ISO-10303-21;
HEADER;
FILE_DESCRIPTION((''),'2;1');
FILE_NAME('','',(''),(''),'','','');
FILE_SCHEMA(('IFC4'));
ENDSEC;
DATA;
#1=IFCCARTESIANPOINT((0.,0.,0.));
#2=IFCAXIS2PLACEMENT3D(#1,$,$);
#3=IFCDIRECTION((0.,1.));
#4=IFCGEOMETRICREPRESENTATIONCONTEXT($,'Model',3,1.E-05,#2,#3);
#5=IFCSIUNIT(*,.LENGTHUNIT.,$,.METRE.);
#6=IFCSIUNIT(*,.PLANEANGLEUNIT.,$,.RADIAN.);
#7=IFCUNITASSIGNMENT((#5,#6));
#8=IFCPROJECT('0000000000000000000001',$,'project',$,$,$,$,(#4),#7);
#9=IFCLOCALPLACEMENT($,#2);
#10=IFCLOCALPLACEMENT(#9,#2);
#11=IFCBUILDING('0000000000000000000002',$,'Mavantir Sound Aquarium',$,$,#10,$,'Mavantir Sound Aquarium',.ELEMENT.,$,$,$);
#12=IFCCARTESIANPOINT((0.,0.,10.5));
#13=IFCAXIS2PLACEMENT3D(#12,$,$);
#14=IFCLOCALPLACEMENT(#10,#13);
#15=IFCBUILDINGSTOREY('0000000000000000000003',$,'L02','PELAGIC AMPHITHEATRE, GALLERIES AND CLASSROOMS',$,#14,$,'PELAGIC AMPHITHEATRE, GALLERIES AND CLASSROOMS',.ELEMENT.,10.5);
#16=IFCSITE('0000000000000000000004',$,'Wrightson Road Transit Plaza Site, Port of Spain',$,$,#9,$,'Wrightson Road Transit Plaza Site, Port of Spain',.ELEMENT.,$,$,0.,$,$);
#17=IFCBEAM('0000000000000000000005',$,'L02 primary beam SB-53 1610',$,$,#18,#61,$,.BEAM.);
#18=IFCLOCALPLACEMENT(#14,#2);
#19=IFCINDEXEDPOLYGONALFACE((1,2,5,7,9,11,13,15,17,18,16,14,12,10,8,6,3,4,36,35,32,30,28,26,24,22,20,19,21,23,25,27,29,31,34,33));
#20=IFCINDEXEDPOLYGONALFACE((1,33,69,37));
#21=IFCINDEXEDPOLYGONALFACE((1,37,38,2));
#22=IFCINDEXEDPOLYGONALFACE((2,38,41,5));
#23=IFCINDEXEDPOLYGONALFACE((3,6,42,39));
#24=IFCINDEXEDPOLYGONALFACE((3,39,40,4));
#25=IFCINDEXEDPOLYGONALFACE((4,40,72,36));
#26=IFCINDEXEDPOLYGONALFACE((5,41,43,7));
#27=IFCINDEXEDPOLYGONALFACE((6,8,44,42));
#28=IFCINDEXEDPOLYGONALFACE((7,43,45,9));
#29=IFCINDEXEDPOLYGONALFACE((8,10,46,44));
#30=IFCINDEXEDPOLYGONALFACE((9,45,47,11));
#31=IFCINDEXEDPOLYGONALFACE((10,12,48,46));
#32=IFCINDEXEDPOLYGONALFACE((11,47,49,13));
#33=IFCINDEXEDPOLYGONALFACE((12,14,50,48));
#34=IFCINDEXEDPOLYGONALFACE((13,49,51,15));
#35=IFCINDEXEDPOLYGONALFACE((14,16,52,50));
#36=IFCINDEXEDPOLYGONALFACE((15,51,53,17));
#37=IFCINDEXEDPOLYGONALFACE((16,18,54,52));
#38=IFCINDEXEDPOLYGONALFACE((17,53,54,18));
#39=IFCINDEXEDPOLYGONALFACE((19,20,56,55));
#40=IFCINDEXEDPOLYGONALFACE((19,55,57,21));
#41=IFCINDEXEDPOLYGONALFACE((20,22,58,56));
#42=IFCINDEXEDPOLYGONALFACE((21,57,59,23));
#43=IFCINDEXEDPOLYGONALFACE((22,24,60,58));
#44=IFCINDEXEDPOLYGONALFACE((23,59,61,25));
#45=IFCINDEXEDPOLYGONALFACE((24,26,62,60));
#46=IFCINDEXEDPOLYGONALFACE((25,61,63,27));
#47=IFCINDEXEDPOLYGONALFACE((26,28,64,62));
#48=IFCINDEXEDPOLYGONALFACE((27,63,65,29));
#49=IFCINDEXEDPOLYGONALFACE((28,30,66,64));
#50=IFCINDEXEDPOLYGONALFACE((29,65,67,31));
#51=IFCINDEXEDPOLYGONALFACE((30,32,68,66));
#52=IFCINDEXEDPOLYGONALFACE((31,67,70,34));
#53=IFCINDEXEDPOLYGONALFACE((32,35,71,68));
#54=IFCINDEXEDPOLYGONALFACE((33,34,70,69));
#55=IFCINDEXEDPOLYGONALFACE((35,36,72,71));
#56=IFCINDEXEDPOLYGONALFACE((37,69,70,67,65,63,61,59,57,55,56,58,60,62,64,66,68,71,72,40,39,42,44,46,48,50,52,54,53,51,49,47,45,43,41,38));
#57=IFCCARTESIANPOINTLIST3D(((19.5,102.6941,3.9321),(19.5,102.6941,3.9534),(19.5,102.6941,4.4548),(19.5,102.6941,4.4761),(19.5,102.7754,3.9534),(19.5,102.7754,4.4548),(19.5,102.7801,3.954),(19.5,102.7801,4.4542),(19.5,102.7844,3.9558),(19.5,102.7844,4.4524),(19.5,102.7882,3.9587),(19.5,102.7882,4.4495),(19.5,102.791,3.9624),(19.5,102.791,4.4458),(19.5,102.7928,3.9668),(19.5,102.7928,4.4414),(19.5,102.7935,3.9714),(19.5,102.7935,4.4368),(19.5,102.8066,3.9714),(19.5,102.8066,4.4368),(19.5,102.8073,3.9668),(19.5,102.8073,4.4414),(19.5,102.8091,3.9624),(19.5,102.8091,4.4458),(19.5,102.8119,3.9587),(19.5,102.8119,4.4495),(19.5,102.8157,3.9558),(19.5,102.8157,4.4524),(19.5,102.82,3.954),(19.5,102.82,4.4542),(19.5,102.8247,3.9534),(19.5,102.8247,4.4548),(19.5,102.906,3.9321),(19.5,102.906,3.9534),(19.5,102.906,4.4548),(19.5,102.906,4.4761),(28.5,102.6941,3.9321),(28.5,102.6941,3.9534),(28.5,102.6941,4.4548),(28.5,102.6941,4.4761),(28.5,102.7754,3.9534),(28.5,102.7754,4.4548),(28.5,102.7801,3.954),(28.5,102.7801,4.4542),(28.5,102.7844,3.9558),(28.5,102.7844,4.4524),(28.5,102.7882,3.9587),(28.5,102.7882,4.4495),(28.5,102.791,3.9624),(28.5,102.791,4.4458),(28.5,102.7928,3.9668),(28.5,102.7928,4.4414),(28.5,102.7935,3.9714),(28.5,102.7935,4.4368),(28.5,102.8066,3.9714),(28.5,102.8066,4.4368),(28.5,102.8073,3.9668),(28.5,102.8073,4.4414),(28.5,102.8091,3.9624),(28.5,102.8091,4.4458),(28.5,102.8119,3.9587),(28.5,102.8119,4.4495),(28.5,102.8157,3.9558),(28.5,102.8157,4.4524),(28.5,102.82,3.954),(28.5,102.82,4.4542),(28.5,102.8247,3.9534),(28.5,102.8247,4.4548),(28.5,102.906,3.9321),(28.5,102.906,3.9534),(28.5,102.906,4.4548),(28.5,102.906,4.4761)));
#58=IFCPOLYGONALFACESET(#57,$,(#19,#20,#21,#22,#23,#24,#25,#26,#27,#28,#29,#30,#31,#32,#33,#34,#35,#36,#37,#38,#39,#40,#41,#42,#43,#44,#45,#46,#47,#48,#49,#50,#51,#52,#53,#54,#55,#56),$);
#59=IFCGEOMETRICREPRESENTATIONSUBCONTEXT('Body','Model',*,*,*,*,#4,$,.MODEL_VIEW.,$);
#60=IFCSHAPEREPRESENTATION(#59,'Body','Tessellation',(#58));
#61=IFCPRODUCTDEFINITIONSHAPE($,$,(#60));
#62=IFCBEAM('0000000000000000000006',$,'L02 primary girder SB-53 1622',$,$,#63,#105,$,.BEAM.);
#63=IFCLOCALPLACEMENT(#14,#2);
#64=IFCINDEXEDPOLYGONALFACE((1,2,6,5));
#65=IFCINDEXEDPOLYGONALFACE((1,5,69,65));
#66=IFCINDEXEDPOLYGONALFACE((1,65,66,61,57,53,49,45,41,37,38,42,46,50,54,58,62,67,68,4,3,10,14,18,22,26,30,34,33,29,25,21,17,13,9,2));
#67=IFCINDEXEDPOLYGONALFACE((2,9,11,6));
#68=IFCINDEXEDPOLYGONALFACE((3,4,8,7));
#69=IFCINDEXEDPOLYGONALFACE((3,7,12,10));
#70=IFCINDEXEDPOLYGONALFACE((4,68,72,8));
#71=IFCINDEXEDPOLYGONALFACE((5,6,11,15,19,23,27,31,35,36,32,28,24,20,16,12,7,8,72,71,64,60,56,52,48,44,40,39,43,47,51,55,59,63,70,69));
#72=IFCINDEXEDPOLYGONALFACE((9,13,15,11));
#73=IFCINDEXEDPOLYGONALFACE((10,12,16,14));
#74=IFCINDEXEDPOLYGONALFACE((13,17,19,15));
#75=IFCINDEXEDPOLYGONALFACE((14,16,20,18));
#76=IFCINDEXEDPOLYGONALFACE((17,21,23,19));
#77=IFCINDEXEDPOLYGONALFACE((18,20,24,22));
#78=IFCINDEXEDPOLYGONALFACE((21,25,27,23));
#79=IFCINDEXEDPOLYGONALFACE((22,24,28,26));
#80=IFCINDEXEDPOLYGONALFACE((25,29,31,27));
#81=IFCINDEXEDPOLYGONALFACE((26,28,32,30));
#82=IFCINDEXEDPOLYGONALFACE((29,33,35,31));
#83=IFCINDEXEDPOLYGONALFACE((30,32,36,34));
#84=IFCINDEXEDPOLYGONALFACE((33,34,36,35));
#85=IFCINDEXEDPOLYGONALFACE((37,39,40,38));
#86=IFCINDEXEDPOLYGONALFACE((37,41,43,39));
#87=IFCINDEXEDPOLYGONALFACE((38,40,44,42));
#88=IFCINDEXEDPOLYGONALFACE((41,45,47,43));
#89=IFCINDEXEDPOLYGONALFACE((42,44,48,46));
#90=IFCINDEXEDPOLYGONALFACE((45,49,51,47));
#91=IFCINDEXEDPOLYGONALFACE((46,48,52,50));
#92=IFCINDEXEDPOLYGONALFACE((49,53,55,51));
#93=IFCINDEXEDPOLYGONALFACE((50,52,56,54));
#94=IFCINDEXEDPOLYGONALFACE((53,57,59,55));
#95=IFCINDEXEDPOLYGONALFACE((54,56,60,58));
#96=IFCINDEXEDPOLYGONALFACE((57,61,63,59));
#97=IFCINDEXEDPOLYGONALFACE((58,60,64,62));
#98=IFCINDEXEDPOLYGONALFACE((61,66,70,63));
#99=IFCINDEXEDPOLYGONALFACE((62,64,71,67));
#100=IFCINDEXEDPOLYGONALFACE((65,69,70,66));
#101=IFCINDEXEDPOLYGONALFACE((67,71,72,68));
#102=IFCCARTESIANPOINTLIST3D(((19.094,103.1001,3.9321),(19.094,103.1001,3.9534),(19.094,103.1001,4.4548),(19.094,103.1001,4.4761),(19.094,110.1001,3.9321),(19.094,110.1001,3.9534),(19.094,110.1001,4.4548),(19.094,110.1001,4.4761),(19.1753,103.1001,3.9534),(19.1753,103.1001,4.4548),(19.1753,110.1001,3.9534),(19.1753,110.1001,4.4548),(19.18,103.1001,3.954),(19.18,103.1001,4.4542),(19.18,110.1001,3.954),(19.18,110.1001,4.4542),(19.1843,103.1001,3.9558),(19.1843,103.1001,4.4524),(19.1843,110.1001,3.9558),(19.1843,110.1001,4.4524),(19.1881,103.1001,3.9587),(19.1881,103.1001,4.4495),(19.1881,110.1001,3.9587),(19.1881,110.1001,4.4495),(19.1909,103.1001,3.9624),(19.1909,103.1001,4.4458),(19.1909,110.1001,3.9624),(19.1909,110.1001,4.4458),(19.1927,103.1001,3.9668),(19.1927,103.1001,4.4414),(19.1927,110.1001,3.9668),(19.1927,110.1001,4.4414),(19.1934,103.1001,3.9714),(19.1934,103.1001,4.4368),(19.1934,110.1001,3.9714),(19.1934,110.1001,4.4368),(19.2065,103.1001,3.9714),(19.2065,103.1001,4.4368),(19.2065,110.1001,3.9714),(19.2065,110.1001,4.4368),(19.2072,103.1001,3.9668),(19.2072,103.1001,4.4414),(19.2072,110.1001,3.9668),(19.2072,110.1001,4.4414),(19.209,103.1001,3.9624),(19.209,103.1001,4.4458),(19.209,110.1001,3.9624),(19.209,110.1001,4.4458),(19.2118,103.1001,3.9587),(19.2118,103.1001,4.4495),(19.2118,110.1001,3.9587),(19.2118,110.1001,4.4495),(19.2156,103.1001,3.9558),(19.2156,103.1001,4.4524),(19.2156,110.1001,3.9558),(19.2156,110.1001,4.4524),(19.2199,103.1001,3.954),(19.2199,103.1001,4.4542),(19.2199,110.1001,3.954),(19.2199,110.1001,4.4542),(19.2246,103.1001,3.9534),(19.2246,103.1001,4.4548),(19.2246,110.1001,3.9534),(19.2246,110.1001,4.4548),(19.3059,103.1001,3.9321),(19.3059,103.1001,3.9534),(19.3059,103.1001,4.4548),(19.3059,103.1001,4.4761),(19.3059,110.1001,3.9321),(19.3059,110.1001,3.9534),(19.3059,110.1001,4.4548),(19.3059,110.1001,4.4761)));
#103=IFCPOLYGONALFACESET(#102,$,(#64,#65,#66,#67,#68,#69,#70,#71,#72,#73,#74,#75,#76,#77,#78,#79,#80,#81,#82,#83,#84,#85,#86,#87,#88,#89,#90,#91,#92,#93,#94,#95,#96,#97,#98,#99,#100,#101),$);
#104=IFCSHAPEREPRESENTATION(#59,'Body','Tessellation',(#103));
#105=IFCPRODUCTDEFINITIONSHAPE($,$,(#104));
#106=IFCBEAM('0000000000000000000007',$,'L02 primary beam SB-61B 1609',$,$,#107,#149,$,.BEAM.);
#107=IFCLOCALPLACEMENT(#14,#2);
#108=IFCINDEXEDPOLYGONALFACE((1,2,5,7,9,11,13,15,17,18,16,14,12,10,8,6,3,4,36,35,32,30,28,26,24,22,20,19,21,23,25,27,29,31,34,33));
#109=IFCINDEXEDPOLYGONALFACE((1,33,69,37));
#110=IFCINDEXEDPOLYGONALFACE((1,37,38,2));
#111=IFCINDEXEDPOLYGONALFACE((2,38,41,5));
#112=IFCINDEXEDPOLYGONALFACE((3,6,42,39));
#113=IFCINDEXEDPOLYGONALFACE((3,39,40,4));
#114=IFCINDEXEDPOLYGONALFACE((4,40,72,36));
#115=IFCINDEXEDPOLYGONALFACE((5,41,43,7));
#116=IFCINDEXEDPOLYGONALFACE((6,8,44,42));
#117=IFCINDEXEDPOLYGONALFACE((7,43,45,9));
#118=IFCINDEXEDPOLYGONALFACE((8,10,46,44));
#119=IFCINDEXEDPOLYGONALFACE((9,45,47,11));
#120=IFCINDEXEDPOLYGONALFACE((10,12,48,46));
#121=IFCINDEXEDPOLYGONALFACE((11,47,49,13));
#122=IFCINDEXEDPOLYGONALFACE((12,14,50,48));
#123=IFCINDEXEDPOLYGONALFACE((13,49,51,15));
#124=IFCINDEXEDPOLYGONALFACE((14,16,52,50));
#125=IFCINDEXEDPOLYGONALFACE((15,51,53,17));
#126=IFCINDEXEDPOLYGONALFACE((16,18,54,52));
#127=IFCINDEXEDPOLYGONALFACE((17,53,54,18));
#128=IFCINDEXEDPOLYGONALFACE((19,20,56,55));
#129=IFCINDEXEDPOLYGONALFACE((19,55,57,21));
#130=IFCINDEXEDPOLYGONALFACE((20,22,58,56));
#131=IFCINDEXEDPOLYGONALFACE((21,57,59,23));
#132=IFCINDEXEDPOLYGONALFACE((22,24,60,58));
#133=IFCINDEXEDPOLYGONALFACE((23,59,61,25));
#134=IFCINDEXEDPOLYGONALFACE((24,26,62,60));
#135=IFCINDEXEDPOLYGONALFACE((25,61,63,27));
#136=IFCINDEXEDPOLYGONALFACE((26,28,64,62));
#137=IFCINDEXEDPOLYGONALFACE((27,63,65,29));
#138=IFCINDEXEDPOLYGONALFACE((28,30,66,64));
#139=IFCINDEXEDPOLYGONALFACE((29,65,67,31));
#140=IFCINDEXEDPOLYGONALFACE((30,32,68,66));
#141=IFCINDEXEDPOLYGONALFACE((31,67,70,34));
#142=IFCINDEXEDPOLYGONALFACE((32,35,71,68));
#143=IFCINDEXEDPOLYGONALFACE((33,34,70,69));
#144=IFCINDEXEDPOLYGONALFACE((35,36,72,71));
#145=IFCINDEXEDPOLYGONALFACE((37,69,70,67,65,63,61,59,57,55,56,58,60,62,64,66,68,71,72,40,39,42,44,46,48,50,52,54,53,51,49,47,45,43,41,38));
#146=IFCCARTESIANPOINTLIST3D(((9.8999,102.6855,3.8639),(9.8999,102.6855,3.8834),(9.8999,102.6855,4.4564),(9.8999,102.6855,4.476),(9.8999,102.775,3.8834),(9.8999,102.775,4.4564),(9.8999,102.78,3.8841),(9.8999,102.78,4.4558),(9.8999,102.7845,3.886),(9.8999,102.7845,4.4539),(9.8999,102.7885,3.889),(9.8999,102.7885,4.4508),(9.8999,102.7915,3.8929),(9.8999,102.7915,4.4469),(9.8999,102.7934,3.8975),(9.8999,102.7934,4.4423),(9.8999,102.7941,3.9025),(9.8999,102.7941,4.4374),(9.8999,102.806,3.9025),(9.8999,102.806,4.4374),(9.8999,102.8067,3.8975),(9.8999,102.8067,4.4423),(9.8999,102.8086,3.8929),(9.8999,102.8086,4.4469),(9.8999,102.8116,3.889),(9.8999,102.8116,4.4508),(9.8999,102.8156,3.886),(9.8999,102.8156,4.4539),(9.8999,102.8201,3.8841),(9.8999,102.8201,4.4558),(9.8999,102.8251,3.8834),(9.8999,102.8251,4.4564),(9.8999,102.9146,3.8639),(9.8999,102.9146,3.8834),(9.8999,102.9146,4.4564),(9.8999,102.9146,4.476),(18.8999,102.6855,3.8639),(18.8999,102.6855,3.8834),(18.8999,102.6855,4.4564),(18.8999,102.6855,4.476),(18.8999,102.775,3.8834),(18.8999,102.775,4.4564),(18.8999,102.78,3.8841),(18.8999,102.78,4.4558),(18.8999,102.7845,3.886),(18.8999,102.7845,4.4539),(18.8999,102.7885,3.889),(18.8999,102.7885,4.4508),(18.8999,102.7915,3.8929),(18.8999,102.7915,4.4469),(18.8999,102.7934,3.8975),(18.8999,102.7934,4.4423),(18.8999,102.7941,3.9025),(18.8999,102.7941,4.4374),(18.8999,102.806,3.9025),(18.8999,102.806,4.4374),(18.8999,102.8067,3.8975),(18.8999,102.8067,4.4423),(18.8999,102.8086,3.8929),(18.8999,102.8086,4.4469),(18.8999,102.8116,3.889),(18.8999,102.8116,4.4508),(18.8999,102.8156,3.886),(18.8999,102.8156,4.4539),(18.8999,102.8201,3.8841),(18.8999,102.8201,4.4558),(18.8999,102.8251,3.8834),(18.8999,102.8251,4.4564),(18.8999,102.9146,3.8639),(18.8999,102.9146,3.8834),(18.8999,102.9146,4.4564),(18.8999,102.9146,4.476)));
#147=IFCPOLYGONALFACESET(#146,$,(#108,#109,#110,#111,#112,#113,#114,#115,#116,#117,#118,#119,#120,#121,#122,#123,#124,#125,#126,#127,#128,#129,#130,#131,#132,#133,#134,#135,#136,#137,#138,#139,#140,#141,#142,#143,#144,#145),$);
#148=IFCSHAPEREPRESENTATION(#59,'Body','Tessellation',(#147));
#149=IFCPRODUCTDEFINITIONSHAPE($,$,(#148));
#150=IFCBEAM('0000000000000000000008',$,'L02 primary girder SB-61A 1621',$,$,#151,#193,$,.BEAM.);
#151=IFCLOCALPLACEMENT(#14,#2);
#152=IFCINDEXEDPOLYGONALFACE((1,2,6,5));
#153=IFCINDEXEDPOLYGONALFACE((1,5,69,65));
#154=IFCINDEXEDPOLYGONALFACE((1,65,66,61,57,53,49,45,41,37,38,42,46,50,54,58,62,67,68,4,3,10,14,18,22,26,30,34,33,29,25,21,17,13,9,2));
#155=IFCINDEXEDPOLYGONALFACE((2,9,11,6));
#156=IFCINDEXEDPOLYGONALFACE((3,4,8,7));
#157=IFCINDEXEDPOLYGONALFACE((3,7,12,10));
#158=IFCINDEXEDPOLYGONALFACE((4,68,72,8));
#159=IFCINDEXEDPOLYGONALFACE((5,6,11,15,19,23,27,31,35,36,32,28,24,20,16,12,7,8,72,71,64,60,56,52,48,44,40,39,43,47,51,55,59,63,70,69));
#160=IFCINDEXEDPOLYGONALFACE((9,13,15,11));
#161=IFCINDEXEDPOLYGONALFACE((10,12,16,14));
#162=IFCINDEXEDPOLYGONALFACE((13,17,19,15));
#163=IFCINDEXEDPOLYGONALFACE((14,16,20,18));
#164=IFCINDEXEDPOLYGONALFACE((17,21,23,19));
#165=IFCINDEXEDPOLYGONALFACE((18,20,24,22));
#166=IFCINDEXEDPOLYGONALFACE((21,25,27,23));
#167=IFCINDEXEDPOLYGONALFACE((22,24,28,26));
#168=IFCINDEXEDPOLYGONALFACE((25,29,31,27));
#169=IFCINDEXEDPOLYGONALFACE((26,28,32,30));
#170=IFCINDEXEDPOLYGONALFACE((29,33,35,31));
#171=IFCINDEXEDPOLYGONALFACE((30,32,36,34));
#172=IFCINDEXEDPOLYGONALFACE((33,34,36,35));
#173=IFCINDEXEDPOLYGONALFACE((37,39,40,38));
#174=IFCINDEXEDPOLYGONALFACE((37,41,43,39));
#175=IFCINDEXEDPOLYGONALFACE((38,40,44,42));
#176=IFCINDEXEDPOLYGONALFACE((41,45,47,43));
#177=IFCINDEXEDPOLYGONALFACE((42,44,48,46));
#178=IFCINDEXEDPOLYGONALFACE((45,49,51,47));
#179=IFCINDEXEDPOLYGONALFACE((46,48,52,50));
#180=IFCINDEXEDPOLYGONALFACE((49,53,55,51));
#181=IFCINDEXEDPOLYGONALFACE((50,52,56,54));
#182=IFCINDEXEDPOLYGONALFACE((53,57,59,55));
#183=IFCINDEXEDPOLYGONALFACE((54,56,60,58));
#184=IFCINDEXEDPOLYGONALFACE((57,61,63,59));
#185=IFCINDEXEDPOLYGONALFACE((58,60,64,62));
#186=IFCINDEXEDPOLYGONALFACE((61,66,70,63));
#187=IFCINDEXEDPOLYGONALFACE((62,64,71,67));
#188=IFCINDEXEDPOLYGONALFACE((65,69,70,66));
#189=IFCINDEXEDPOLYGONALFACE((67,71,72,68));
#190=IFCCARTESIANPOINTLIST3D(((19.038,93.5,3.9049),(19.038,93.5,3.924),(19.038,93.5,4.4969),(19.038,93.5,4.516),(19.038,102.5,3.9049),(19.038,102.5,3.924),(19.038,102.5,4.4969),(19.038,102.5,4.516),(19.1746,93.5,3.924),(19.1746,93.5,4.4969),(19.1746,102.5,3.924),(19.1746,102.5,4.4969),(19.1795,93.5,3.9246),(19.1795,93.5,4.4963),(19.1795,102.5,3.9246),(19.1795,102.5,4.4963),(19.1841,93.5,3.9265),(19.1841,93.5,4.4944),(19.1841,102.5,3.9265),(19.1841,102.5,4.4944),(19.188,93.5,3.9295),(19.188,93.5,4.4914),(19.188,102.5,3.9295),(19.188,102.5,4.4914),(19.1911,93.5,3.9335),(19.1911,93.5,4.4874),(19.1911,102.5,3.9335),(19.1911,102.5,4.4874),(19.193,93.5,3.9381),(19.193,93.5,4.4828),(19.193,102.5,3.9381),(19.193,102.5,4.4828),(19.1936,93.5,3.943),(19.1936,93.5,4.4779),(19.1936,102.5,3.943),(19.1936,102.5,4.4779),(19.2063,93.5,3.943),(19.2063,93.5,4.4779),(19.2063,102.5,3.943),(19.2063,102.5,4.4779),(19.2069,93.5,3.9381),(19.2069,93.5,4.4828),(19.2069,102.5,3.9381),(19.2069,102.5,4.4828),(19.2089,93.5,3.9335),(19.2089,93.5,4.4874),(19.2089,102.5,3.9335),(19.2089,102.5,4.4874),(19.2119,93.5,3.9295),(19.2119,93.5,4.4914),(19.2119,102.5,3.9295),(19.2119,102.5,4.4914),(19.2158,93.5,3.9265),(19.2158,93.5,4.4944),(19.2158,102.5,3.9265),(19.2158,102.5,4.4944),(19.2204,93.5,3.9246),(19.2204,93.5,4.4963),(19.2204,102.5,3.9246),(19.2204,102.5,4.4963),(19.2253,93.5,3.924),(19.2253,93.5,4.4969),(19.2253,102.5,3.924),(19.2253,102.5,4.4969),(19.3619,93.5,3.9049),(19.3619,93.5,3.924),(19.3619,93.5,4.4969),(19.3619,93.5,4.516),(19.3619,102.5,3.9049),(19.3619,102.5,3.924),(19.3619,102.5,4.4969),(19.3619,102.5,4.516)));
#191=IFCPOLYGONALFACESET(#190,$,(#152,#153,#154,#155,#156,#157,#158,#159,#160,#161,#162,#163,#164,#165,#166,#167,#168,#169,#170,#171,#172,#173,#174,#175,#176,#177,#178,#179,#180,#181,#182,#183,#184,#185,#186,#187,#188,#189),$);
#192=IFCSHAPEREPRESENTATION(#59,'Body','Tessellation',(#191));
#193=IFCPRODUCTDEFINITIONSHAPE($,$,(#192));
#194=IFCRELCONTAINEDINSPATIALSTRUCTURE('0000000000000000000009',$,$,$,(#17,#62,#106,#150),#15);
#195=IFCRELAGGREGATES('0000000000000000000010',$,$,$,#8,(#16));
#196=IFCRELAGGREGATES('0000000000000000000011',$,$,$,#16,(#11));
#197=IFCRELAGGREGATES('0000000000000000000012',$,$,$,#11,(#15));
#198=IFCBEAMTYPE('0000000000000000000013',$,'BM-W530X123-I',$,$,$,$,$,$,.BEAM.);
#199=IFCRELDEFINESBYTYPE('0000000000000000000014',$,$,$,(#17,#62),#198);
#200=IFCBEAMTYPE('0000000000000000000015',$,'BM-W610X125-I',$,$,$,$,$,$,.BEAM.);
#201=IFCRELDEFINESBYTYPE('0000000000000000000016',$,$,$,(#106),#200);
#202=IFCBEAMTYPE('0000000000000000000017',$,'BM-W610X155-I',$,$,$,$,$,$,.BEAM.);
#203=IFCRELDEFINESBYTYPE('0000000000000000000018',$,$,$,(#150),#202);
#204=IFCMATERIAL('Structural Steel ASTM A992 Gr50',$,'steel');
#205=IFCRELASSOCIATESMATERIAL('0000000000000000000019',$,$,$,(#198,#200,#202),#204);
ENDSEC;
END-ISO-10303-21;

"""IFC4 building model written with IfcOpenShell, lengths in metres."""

from ifc_helpers import new_model, si_unit, direction, frame, origin, origin_2d, place, context, subcontext, project, spatial, i_section, extrude, material, material_profile, profile_set, type_object, element, save


model = new_model("IFC4")

# Units and contexts
model_context = context("Model", 3, precision=1e-05, world=origin(), true_north=direction((0.0, 1.0)))
body_context = subcontext(model_context, "Body", "Model", "MODEL_VIEW")
ifc_project = project(units=[si_unit("LENGTHUNIT", "METRE"), si_unit("PLANEANGLEUNIT", "RADIAN")], contexts=[model_context])

# Site, building, storey
site_placement = place(None, origin())
site = spatial("IfcSite", under=ifc_project, at=site_placement, Name="Wrightson Road Transit Plaza Site, Port of Spain", LongName="Wrightson Road Transit Plaza Site, Port of Spain", CompositionType="ELEMENT", RefElevation=0.0)
building_placement = place(site_placement, origin())
building = spatial("IfcBuilding", under=site, at=building_placement, Name="Mavantir Sound Aquarium", LongName="Mavantir Sound Aquarium", CompositionType="ELEMENT")
storey_placement = place(building_placement, frame((0.0, 0.0, 10.5)))
storey = spatial("IfcBuildingStorey", under=building, at=storey_placement, Name="L02", Description="PELAGIC AMPHITHEATRE, GALLERIES AND CLASSROOMS", LongName="PELAGIC AMPHITHEATRE, GALLERIES AND CLASSROOMS", CompositionType="ELEMENT", Elevation=10.5)

# Beams
ifc_material_1 = material(Name="Structural Steel ASTM A992 Gr50", Category="steel")
ifc_material_profile_1 = material_profile(ifc_material_1, i_section(OverallWidth=0.2119, OverallDepth=0.5439, WebThickness=0.0132, FlangeThickness=0.0212, FilletRadius=0.0181, at=origin_2d()), Name="W530X123")
ifc_profile_set_1 = profile_set([ifc_material_profile_1], Name="Structural Steel ASTM A992 Gr50")
beam_type_1 = type_object("IfcBeamType", Name="BM-W530X123-I", PredefinedType="BEAM", material=ifc_profile_set_1)
beam_1_placement = place(storey_placement, frame((19.5, 102.8, 4.2041), z_axis=(1.0, 0.0, 0.0), x_axis=(0.0, 1.0, 0.0)))
element("IfcBeam", 1, at=beam_1_placement, inside=storey, type_object=beam_type_1, Name="L02 primary beam SB-53 1610", PredefinedType="BEAM", context=body_context, shape_type="SweptSolid", body=[
    extrude(i_section(OverallWidth=0.2119, OverallDepth=0.5439, WebThickness=0.0132, FlangeThickness=0.0212, FilletRadius=0.0181, at=origin_2d()), origin(), (0.0, 0.0, 1.0), 9.0),
])
beam_2_placement = place(storey_placement, frame((19.2, 103.1001, 4.2041), z_axis=(0.0, 1.0, 0.0), x_axis=(-1.0, 0.0, 0.0)))
element("IfcBeam", 2, at=beam_2_placement, inside=storey, type_object=beam_type_1, Name="L02 primary girder SB-53 1622", PredefinedType="BEAM", context=body_context, shape_type="SweptSolid", body=[
    extrude(i_section(OverallWidth=0.2119, OverallDepth=0.5439, WebThickness=0.0132, FlangeThickness=0.0212, FilletRadius=0.0181, at=origin_2d()), origin(), (0.0, 0.0, 1.0), 7.0),
])
ifc_material_profile_2 = material_profile(ifc_material_1, i_section(OverallWidth=0.229, OverallDepth=0.6121, WebThickness=0.012, FlangeThickness=0.0195, FilletRadius=0.019, at=origin_2d()), Name="W610X125")
ifc_profile_set_2 = profile_set([ifc_material_profile_2], Name="Structural Steel ASTM A992 Gr50")
beam_type_2 = type_object("IfcBeamType", Name="BM-W610X125-I", PredefinedType="BEAM", material=ifc_profile_set_2)
beam_3_placement = place(storey_placement, frame((9.8999, 102.8, 4.1699), z_axis=(1.0, 0.0, 0.0), x_axis=(0.0, 1.0, 0.0)))
element("IfcBeam", 3, at=beam_3_placement, inside=storey, type_object=beam_type_2, Name="L02 primary beam SB-61B 1609", PredefinedType="BEAM", context=body_context, shape_type="SweptSolid", body=[
    extrude(i_section(OverallWidth=0.229, OverallDepth=0.6121, WebThickness=0.012, FlangeThickness=0.0195, FilletRadius=0.019, at=origin_2d()), origin(), (0.0, 0.0, 1.0), 9.0),
])
ifc_material_profile_3 = material_profile(ifc_material_1, i_section(OverallWidth=0.324, OverallDepth=0.6111, WebThickness=0.0127, FlangeThickness=0.019, FilletRadius=0.019, at=origin_2d()), Name="W610X155")
ifc_profile_set_3 = profile_set([ifc_material_profile_3], Name="Structural Steel ASTM A992 Gr50")
beam_type_3 = type_object("IfcBeamType", Name="BM-W610X155-I", PredefinedType="BEAM", material=ifc_profile_set_3)
beam_4_placement = place(storey_placement, frame((19.2, 93.5, 4.2104), z_axis=(0.0, 1.0, 0.0), x_axis=(-1.0, 0.0, 0.0)))
element("IfcBeam", 4, at=beam_4_placement, inside=storey, type_object=beam_type_3, Name="L02 primary girder SB-61A 1621", PredefinedType="BEAM", context=body_context, shape_type="SweptSolid", body=[
    extrude(i_section(OverallWidth=0.324, OverallDepth=0.6111, WebThickness=0.0127, FlangeThickness=0.019, FilletRadius=0.019, at=origin_2d()), origin(), (0.0, 0.0, 1.0), 9.0),
])

save(model, "model.ifc")
